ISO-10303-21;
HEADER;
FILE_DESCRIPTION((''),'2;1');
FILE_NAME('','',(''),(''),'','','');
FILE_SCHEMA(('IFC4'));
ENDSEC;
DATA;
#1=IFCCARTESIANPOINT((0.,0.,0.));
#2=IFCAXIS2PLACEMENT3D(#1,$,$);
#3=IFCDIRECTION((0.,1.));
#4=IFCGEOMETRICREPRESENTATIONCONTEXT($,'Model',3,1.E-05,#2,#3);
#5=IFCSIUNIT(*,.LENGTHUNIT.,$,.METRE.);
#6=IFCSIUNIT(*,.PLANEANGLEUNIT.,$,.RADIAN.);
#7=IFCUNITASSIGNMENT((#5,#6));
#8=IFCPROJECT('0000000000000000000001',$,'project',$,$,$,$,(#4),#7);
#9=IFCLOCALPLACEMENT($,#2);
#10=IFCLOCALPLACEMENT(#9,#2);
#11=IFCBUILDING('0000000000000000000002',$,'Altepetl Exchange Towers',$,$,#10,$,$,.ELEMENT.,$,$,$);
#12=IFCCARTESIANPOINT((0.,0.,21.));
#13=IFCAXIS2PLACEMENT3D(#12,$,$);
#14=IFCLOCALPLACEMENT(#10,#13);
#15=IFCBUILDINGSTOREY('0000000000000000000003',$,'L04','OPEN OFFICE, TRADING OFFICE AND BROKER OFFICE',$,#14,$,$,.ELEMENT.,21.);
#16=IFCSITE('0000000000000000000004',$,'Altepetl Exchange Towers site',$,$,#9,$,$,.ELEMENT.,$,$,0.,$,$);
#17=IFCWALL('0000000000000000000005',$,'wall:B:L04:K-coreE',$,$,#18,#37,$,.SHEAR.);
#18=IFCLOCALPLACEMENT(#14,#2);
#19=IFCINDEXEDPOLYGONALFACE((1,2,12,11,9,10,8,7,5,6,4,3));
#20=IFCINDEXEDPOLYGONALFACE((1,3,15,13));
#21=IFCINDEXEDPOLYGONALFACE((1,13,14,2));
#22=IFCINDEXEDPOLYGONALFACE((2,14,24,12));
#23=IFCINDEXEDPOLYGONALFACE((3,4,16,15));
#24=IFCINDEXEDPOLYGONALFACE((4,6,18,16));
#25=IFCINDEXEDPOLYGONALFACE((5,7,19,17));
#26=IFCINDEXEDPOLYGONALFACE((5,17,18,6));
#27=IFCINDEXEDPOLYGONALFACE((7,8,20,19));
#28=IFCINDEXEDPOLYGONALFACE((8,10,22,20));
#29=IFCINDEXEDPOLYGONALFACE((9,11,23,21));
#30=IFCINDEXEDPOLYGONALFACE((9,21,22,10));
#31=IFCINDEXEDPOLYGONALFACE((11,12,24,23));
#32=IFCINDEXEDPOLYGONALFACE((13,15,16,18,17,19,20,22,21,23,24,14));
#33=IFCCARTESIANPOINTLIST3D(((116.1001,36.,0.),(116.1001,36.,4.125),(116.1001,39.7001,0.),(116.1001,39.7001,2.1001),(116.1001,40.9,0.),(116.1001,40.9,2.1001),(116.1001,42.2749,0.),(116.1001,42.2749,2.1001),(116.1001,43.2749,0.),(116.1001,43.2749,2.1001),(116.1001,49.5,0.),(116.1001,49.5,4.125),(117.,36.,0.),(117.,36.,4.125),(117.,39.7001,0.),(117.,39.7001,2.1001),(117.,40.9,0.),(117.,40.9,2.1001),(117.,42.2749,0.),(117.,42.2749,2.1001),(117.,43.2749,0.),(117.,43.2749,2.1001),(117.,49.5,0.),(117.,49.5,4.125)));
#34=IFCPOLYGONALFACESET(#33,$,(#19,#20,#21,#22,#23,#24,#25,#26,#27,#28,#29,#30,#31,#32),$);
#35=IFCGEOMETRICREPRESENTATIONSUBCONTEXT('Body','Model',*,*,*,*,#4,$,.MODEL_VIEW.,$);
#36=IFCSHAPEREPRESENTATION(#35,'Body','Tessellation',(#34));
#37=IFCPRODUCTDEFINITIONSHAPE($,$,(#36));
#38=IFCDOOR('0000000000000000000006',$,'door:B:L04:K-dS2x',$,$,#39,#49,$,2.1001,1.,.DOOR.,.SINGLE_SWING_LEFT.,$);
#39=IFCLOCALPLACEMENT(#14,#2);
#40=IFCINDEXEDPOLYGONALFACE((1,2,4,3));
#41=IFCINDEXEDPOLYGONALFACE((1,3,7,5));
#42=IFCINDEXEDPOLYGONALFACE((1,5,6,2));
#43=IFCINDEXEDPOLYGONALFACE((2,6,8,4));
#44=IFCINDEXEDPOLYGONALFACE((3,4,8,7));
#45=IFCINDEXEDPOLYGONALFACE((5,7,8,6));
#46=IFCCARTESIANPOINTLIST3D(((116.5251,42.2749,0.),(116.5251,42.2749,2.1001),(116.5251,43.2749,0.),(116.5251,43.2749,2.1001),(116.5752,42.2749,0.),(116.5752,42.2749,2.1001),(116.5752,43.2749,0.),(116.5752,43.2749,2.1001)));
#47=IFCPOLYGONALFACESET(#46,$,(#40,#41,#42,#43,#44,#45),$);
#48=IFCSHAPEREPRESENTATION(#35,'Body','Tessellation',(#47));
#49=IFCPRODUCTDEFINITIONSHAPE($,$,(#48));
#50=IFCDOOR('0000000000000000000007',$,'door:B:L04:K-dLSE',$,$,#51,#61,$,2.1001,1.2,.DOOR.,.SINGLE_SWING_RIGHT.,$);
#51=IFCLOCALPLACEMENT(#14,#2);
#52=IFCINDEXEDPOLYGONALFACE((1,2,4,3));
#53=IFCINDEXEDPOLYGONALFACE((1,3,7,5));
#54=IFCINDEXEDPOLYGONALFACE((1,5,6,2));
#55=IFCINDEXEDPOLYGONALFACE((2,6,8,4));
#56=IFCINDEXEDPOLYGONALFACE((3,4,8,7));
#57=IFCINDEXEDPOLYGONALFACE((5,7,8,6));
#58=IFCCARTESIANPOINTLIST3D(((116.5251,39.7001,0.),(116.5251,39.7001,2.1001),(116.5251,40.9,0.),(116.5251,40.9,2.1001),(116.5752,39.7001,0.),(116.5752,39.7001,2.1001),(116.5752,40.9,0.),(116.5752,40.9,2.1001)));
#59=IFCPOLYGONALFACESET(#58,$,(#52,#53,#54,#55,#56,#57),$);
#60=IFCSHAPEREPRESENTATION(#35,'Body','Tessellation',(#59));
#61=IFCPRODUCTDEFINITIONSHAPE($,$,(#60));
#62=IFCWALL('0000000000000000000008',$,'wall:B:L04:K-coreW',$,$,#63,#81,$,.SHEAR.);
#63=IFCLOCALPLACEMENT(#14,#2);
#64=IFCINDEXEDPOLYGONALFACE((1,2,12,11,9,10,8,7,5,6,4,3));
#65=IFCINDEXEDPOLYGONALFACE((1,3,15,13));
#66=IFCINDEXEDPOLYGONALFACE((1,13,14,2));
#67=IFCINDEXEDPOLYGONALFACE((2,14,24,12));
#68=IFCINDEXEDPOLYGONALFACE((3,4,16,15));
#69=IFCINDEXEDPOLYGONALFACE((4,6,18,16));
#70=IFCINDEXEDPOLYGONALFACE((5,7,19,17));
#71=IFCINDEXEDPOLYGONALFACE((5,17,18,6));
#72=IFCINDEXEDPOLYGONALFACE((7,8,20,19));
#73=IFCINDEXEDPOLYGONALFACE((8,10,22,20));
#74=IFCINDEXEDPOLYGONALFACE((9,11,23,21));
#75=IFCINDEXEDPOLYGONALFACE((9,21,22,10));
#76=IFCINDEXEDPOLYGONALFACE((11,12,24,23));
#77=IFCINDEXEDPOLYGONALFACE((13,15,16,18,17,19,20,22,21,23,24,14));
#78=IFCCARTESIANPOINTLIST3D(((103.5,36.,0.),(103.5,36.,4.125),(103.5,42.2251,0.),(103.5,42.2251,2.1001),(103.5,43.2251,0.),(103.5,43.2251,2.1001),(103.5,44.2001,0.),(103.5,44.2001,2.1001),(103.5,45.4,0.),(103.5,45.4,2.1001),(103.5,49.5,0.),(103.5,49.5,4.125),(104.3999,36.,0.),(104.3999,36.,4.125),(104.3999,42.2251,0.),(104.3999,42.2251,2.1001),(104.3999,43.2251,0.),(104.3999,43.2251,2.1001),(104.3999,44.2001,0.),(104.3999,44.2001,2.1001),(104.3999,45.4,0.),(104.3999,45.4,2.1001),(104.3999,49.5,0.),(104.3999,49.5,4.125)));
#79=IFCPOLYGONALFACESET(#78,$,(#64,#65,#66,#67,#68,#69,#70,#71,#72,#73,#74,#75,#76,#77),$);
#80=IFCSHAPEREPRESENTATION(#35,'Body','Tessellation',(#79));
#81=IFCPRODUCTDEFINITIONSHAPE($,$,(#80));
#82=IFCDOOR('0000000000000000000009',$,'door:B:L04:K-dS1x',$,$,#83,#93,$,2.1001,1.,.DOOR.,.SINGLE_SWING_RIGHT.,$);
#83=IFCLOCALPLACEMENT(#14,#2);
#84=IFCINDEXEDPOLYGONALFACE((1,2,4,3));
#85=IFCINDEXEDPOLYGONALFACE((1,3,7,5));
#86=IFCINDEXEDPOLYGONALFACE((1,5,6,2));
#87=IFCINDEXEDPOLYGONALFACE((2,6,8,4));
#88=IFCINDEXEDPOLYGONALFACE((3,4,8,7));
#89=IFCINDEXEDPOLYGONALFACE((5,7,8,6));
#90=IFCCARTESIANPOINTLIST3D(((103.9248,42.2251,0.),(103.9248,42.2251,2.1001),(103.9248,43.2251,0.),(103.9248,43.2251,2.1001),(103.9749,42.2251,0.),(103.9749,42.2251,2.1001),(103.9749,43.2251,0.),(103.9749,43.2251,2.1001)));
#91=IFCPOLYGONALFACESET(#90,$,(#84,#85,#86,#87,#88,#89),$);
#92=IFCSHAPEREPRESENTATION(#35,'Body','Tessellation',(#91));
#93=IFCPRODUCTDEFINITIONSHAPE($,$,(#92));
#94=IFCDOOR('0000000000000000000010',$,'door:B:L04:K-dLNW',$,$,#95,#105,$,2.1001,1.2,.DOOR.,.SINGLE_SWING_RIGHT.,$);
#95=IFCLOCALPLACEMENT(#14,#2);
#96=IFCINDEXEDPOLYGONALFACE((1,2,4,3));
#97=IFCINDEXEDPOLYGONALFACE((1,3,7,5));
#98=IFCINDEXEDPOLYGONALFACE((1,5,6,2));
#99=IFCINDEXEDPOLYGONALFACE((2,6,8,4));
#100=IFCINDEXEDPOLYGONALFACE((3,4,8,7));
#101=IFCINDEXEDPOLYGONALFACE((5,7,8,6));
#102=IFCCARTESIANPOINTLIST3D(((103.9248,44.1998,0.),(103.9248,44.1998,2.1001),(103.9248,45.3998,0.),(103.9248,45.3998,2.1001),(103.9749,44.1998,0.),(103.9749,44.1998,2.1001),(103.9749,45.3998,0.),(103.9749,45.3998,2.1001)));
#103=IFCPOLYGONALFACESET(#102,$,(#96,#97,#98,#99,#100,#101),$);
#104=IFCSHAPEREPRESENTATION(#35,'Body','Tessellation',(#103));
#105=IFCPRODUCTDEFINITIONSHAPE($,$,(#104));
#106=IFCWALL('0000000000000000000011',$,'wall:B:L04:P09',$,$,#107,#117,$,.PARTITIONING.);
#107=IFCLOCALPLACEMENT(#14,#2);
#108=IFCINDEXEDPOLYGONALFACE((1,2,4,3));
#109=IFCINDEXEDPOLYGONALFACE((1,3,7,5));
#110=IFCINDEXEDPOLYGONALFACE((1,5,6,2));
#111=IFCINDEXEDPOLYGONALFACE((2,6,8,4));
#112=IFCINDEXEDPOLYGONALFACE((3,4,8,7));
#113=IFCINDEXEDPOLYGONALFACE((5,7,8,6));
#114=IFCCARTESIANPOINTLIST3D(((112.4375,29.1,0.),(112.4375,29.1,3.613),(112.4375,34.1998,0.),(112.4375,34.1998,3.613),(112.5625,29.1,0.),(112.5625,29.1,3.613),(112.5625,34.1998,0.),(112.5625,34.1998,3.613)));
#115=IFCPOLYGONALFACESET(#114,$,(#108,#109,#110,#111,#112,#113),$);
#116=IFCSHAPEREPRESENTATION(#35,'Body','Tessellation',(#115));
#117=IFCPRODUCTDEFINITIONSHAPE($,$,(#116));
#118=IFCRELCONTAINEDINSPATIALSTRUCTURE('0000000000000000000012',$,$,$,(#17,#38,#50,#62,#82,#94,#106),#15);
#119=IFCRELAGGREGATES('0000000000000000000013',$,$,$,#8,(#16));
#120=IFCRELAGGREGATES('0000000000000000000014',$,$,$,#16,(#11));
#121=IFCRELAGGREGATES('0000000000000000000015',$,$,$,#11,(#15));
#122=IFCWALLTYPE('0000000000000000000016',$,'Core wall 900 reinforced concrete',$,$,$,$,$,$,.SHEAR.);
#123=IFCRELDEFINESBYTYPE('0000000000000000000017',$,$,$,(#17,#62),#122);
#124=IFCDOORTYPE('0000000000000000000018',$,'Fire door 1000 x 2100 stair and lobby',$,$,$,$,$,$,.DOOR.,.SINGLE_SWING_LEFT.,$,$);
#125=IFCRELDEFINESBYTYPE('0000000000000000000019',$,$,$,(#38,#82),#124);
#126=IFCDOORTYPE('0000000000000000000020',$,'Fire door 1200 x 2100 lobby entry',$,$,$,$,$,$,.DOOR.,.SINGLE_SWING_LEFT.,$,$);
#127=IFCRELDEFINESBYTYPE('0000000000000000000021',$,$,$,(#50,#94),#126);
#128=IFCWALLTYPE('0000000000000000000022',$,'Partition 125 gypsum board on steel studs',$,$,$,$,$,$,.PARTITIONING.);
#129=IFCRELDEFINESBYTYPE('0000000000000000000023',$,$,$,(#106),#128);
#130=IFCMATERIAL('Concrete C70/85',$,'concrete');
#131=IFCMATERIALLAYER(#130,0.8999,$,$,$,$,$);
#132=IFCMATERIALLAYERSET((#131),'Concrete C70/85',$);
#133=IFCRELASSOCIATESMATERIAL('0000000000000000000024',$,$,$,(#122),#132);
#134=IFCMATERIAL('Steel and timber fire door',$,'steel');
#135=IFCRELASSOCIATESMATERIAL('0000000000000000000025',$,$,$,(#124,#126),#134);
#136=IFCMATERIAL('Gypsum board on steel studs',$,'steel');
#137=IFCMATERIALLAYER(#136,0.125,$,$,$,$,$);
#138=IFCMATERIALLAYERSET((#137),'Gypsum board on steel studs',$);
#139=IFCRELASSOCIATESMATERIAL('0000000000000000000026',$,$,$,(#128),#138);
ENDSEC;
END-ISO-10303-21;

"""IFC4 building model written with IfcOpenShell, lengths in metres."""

from ifc_helpers import new_model, si_unit, direction, frame, frame_2d, origin, place, context, subcontext, project, spatial, rectangle, extrude, material, layer, layer_set, type_object, element, fill, save


model = new_model("IFC4")

# Units and contexts
model_context = context("Model", 3, precision=1e-05, world=origin(), true_north=direction((0.0, 1.0)))
body_context = subcontext(model_context, "Body", "Model", "MODEL_VIEW")
ifc_project = project(units=[si_unit("LENGTHUNIT", "METRE"), si_unit("PLANEANGLEUNIT", "RADIAN")], contexts=[model_context])

# Site, building, storey
site_placement = place(None, origin())
site = spatial("IfcSite", under=ifc_project, at=site_placement, Name="Altepetl Exchange Towers site", CompositionType="ELEMENT", RefElevation=0.0)
building_placement = place(site_placement, origin())
building = spatial("IfcBuilding", under=site, at=building_placement, Name="Altepetl Exchange Towers", CompositionType="ELEMENT")
storey_placement = place(building_placement, frame((0.0, 0.0, 21.0)))
storey = spatial("IfcBuildingStorey", under=building, at=storey_placement, Name="L04", Description="OPEN OFFICE, TRADING OFFICE AND BROKER OFFICE", CompositionType="ELEMENT", Elevation=21.0)

# Shared definitions
ifc_material_1 = material(Name="Concrete C70/85", Category="concrete")

# Walls, openings, doors
ifc_layer_1 = layer(ifc_material_1, 0.8999)
ifc_layer_set_1 = layer_set([ifc_layer_1], Name="Concrete C70/85")
wall_type_1 = type_object("IfcWallType", Name="Core wall 900 reinforced concrete", PredefinedType="SHEAR", material=ifc_layer_set_1)
wall_1_placement = place(storey_placement, frame((116.55, 36.0, 0.0), z_axis=(0.0, 0.0, 1.0), x_axis=(0.0, 1.0, 0.0)))
wall_1 = element("IfcWall", 1, at=wall_1_placement, inside=storey, type_object=wall_type_1, Name="wall:B:L04:K-coreE", PredefinedType="SHEAR", context=body_context, shape_type="SweptSolid", body=[
    extrude(rectangle(XDim=13.5, YDim=0.8999, at=frame_2d((6.75, 0.0))), origin(), (0.0, 0.0, 1.0), 4.125),
])
opening_1_placement = place(wall_1_placement, frame((3.7, 0.0, 0.0)))
opening_1 = element("IfcOpeningElement", 2, at=opening_1_placement, cuts=wall_1, PredefinedType="OPENING", context=body_context, shape_type="SweptSolid", body=[
    extrude(rectangle(XDim=1.2, YDim=2.1001, at=frame_2d((0.6001, 1.05))), frame((0.0, 0.46, 0.0), z_axis=(0.0, -1.0, 0.0), x_axis=(1.0, 0.0, 0.0)), (0.0, 0.0, 1.0), 0.9199),
])
opening_2_placement = place(wall_1_placement, frame((6.2749, 0.0, 0.0)))
opening_2 = element("IfcOpeningElement", 3, at=opening_2_placement, cuts=wall_1, PredefinedType="OPENING", context=body_context, shape_type="SweptSolid", body=[
    extrude(rectangle(XDim=1.0, YDim=2.1001, at=frame_2d((0.5, 1.05))), frame((0.0, 0.46, 0.0), z_axis=(0.0, -1.0, 0.0), x_axis=(1.0, 0.0, 0.0)), (0.0, 0.0, 1.0), 0.9199),
])
ifc_material_2 = material(Name="Steel and timber fire door", Category="steel")
door_type_1 = type_object("IfcDoorType", Name="Fire door 1000 x 2100 stair and lobby", OperationType="SINGLE_SWING_LEFT", PredefinedType="DOOR", material=ifc_material_2)
door_1_placement = place(opening_2_placement, origin())
door_1 = element("IfcDoor", 4, at=door_1_placement, inside=storey, type_object=door_type_1, Name="door:B:L04:K-dS2x", OperationType="SINGLE_SWING_LEFT", OverallHeight=2.1001, OverallWidth=1.0, PredefinedType="DOOR", context=body_context, shape_type="SweptSolid", body=[
    extrude(rectangle(XDim=1.0, YDim=2.1001, at=frame_2d((0.5, 1.05))), frame((0.0, 0.0249, 0.0), z_axis=(0.0, -1.0, 0.0), x_axis=(1.0, 0.0, 0.0)), (0.0, 0.0, 1.0), 0.05),
])
fill(opening_2, door_1)
door_type_2 = type_object("IfcDoorType", Name="Fire door 1200 x 2100 lobby entry", OperationType="SINGLE_SWING_LEFT", PredefinedType="DOOR", material=ifc_material_2)
door_2_placement = place(opening_1_placement, origin())
door_2 = element("IfcDoor", 5, at=door_2_placement, inside=storey, type_object=door_type_2, Name="door:B:L04:K-dLSE", OperationType="SINGLE_SWING_RIGHT", OverallHeight=2.1001, OverallWidth=1.2, PredefinedType="DOOR", context=body_context, shape_type="SweptSolid", body=[
    extrude(rectangle(XDim=1.2, YDim=2.1001, at=frame_2d((0.6001, 1.05))), frame((0.0, 0.0249, 0.0), z_axis=(0.0, -1.0, 0.0), x_axis=(1.0, 0.0, 0.0)), (0.0, 0.0, 1.0), 0.05),
])
fill(opening_1, door_2)
wall_2_placement = place(storey_placement, frame((103.95, 36.0, 0.0), z_axis=(0.0, 0.0, 1.0), x_axis=(0.0, 1.0, 0.0)))
wall_2 = element("IfcWall", 6, at=wall_2_placement, inside=storey, type_object=wall_type_1, Name="wall:B:L04:K-coreW", PredefinedType="SHEAR", context=body_context, shape_type="SweptSolid", body=[
    extrude(rectangle(XDim=13.5, YDim=0.8999, at=frame_2d((6.75, 0.0))), origin(), (0.0, 0.0, 1.0), 4.125),
])
opening_3_placement = place(wall_2_placement, frame((8.2, 0.0, 0.0)))
opening_3 = element("IfcOpeningElement", 7, at=opening_3_placement, cuts=wall_2, PredefinedType="OPENING", context=body_context, shape_type="SweptSolid", body=[
    extrude(rectangle(XDim=1.2, YDim=2.1001, at=frame_2d((0.6001, 1.05))), frame((0.0, 0.46, 0.0), z_axis=(0.0, -1.0, 0.0), x_axis=(1.0, 0.0, 0.0)), (0.0, 0.0, 1.0), 0.9199),
])
opening_4_placement = place(wall_2_placement, frame((6.2251, 0.0, 0.0)))
opening_4 = element("IfcOpeningElement", 8, at=opening_4_placement, cuts=wall_2, PredefinedType="OPENING", context=body_context, shape_type="SweptSolid", body=[
    extrude(rectangle(XDim=1.0, YDim=2.1001, at=frame_2d((0.5, 1.05))), frame((0.0, 0.46, 0.0), z_axis=(0.0, -1.0, 0.0), x_axis=(1.0, 0.0, 0.0)), (0.0, 0.0, 1.0), 0.9199),
])
door_3_placement = place(opening_4_placement, frame((1.0, 0.0, 0.0), x_axis=(-1.0, 0.0, 0.0)))
door_3 = element("IfcDoor", 9, at=door_3_placement, inside=storey, type_object=door_type_1, Name="door:B:L04:K-dS1x", OperationType="SINGLE_SWING_RIGHT", OverallHeight=2.1001, OverallWidth=1.0, PredefinedType="DOOR", context=body_context, shape_type="SweptSolid", body=[
    extrude(rectangle(XDim=1.0, YDim=2.1001, at=frame_2d((0.5, 1.05))), frame((0.0, 0.0249, 0.0), z_axis=(0.0, -1.0, 0.0), x_axis=(1.0, 0.0, 0.0)), (0.0, 0.0, 1.0), 0.05),
])
fill(opening_4, door_3)
door_4_placement = place(opening_3_placement, frame((1.2, 0.0, 0.0), x_axis=(-1.0, 0.0, 0.0)))
door_4 = element("IfcDoor", 10, at=door_4_placement, inside=storey, type_object=door_type_2, Name="door:B:L04:K-dLNW", OperationType="SINGLE_SWING_RIGHT", OverallHeight=2.1001, OverallWidth=1.2, PredefinedType="DOOR", context=body_context, shape_type="SweptSolid", body=[
    extrude(rectangle(XDim=1.2, YDim=2.1001, at=frame_2d((0.6001, 1.05))), frame((0.0, 0.0249, 0.0), z_axis=(0.0, -1.0, 0.0), x_axis=(1.0, 0.0, 0.0)), (0.0, 0.0, 1.0), 0.05),
])
fill(opening_3, door_4)

# Wall
ifc_material_3 = material(Name="Gypsum board on steel studs", Category="steel")
ifc_layer_2 = layer(ifc_material_3, 0.125)
ifc_layer_set_2 = layer_set([ifc_layer_2], Name="Gypsum board on steel studs")
wall_type_2 = type_object("IfcWallType", Name="Partition 125 gypsum board on steel studs", PredefinedType="PARTITIONING", material=ifc_layer_set_2)
wall_3_placement = place(storey_placement, frame((112.5, 29.1001, 0.0), z_axis=(0.0, 0.0, 1.0), x_axis=(0.0, 1.0, 0.0)))
element("IfcWall", 11, at=wall_3_placement, inside=storey, type_object=wall_type_2, Name="wall:B:L04:P09", PredefinedType="PARTITIONING", context=body_context, shape_type="SweptSolid", body=[
    extrude(rectangle(XDim=5.0999, YDim=0.125, at=frame_2d((2.5498, 0.0))), origin(), (0.0, 0.0, 1.0), 3.613),
])

save(model, "model.ifc")
